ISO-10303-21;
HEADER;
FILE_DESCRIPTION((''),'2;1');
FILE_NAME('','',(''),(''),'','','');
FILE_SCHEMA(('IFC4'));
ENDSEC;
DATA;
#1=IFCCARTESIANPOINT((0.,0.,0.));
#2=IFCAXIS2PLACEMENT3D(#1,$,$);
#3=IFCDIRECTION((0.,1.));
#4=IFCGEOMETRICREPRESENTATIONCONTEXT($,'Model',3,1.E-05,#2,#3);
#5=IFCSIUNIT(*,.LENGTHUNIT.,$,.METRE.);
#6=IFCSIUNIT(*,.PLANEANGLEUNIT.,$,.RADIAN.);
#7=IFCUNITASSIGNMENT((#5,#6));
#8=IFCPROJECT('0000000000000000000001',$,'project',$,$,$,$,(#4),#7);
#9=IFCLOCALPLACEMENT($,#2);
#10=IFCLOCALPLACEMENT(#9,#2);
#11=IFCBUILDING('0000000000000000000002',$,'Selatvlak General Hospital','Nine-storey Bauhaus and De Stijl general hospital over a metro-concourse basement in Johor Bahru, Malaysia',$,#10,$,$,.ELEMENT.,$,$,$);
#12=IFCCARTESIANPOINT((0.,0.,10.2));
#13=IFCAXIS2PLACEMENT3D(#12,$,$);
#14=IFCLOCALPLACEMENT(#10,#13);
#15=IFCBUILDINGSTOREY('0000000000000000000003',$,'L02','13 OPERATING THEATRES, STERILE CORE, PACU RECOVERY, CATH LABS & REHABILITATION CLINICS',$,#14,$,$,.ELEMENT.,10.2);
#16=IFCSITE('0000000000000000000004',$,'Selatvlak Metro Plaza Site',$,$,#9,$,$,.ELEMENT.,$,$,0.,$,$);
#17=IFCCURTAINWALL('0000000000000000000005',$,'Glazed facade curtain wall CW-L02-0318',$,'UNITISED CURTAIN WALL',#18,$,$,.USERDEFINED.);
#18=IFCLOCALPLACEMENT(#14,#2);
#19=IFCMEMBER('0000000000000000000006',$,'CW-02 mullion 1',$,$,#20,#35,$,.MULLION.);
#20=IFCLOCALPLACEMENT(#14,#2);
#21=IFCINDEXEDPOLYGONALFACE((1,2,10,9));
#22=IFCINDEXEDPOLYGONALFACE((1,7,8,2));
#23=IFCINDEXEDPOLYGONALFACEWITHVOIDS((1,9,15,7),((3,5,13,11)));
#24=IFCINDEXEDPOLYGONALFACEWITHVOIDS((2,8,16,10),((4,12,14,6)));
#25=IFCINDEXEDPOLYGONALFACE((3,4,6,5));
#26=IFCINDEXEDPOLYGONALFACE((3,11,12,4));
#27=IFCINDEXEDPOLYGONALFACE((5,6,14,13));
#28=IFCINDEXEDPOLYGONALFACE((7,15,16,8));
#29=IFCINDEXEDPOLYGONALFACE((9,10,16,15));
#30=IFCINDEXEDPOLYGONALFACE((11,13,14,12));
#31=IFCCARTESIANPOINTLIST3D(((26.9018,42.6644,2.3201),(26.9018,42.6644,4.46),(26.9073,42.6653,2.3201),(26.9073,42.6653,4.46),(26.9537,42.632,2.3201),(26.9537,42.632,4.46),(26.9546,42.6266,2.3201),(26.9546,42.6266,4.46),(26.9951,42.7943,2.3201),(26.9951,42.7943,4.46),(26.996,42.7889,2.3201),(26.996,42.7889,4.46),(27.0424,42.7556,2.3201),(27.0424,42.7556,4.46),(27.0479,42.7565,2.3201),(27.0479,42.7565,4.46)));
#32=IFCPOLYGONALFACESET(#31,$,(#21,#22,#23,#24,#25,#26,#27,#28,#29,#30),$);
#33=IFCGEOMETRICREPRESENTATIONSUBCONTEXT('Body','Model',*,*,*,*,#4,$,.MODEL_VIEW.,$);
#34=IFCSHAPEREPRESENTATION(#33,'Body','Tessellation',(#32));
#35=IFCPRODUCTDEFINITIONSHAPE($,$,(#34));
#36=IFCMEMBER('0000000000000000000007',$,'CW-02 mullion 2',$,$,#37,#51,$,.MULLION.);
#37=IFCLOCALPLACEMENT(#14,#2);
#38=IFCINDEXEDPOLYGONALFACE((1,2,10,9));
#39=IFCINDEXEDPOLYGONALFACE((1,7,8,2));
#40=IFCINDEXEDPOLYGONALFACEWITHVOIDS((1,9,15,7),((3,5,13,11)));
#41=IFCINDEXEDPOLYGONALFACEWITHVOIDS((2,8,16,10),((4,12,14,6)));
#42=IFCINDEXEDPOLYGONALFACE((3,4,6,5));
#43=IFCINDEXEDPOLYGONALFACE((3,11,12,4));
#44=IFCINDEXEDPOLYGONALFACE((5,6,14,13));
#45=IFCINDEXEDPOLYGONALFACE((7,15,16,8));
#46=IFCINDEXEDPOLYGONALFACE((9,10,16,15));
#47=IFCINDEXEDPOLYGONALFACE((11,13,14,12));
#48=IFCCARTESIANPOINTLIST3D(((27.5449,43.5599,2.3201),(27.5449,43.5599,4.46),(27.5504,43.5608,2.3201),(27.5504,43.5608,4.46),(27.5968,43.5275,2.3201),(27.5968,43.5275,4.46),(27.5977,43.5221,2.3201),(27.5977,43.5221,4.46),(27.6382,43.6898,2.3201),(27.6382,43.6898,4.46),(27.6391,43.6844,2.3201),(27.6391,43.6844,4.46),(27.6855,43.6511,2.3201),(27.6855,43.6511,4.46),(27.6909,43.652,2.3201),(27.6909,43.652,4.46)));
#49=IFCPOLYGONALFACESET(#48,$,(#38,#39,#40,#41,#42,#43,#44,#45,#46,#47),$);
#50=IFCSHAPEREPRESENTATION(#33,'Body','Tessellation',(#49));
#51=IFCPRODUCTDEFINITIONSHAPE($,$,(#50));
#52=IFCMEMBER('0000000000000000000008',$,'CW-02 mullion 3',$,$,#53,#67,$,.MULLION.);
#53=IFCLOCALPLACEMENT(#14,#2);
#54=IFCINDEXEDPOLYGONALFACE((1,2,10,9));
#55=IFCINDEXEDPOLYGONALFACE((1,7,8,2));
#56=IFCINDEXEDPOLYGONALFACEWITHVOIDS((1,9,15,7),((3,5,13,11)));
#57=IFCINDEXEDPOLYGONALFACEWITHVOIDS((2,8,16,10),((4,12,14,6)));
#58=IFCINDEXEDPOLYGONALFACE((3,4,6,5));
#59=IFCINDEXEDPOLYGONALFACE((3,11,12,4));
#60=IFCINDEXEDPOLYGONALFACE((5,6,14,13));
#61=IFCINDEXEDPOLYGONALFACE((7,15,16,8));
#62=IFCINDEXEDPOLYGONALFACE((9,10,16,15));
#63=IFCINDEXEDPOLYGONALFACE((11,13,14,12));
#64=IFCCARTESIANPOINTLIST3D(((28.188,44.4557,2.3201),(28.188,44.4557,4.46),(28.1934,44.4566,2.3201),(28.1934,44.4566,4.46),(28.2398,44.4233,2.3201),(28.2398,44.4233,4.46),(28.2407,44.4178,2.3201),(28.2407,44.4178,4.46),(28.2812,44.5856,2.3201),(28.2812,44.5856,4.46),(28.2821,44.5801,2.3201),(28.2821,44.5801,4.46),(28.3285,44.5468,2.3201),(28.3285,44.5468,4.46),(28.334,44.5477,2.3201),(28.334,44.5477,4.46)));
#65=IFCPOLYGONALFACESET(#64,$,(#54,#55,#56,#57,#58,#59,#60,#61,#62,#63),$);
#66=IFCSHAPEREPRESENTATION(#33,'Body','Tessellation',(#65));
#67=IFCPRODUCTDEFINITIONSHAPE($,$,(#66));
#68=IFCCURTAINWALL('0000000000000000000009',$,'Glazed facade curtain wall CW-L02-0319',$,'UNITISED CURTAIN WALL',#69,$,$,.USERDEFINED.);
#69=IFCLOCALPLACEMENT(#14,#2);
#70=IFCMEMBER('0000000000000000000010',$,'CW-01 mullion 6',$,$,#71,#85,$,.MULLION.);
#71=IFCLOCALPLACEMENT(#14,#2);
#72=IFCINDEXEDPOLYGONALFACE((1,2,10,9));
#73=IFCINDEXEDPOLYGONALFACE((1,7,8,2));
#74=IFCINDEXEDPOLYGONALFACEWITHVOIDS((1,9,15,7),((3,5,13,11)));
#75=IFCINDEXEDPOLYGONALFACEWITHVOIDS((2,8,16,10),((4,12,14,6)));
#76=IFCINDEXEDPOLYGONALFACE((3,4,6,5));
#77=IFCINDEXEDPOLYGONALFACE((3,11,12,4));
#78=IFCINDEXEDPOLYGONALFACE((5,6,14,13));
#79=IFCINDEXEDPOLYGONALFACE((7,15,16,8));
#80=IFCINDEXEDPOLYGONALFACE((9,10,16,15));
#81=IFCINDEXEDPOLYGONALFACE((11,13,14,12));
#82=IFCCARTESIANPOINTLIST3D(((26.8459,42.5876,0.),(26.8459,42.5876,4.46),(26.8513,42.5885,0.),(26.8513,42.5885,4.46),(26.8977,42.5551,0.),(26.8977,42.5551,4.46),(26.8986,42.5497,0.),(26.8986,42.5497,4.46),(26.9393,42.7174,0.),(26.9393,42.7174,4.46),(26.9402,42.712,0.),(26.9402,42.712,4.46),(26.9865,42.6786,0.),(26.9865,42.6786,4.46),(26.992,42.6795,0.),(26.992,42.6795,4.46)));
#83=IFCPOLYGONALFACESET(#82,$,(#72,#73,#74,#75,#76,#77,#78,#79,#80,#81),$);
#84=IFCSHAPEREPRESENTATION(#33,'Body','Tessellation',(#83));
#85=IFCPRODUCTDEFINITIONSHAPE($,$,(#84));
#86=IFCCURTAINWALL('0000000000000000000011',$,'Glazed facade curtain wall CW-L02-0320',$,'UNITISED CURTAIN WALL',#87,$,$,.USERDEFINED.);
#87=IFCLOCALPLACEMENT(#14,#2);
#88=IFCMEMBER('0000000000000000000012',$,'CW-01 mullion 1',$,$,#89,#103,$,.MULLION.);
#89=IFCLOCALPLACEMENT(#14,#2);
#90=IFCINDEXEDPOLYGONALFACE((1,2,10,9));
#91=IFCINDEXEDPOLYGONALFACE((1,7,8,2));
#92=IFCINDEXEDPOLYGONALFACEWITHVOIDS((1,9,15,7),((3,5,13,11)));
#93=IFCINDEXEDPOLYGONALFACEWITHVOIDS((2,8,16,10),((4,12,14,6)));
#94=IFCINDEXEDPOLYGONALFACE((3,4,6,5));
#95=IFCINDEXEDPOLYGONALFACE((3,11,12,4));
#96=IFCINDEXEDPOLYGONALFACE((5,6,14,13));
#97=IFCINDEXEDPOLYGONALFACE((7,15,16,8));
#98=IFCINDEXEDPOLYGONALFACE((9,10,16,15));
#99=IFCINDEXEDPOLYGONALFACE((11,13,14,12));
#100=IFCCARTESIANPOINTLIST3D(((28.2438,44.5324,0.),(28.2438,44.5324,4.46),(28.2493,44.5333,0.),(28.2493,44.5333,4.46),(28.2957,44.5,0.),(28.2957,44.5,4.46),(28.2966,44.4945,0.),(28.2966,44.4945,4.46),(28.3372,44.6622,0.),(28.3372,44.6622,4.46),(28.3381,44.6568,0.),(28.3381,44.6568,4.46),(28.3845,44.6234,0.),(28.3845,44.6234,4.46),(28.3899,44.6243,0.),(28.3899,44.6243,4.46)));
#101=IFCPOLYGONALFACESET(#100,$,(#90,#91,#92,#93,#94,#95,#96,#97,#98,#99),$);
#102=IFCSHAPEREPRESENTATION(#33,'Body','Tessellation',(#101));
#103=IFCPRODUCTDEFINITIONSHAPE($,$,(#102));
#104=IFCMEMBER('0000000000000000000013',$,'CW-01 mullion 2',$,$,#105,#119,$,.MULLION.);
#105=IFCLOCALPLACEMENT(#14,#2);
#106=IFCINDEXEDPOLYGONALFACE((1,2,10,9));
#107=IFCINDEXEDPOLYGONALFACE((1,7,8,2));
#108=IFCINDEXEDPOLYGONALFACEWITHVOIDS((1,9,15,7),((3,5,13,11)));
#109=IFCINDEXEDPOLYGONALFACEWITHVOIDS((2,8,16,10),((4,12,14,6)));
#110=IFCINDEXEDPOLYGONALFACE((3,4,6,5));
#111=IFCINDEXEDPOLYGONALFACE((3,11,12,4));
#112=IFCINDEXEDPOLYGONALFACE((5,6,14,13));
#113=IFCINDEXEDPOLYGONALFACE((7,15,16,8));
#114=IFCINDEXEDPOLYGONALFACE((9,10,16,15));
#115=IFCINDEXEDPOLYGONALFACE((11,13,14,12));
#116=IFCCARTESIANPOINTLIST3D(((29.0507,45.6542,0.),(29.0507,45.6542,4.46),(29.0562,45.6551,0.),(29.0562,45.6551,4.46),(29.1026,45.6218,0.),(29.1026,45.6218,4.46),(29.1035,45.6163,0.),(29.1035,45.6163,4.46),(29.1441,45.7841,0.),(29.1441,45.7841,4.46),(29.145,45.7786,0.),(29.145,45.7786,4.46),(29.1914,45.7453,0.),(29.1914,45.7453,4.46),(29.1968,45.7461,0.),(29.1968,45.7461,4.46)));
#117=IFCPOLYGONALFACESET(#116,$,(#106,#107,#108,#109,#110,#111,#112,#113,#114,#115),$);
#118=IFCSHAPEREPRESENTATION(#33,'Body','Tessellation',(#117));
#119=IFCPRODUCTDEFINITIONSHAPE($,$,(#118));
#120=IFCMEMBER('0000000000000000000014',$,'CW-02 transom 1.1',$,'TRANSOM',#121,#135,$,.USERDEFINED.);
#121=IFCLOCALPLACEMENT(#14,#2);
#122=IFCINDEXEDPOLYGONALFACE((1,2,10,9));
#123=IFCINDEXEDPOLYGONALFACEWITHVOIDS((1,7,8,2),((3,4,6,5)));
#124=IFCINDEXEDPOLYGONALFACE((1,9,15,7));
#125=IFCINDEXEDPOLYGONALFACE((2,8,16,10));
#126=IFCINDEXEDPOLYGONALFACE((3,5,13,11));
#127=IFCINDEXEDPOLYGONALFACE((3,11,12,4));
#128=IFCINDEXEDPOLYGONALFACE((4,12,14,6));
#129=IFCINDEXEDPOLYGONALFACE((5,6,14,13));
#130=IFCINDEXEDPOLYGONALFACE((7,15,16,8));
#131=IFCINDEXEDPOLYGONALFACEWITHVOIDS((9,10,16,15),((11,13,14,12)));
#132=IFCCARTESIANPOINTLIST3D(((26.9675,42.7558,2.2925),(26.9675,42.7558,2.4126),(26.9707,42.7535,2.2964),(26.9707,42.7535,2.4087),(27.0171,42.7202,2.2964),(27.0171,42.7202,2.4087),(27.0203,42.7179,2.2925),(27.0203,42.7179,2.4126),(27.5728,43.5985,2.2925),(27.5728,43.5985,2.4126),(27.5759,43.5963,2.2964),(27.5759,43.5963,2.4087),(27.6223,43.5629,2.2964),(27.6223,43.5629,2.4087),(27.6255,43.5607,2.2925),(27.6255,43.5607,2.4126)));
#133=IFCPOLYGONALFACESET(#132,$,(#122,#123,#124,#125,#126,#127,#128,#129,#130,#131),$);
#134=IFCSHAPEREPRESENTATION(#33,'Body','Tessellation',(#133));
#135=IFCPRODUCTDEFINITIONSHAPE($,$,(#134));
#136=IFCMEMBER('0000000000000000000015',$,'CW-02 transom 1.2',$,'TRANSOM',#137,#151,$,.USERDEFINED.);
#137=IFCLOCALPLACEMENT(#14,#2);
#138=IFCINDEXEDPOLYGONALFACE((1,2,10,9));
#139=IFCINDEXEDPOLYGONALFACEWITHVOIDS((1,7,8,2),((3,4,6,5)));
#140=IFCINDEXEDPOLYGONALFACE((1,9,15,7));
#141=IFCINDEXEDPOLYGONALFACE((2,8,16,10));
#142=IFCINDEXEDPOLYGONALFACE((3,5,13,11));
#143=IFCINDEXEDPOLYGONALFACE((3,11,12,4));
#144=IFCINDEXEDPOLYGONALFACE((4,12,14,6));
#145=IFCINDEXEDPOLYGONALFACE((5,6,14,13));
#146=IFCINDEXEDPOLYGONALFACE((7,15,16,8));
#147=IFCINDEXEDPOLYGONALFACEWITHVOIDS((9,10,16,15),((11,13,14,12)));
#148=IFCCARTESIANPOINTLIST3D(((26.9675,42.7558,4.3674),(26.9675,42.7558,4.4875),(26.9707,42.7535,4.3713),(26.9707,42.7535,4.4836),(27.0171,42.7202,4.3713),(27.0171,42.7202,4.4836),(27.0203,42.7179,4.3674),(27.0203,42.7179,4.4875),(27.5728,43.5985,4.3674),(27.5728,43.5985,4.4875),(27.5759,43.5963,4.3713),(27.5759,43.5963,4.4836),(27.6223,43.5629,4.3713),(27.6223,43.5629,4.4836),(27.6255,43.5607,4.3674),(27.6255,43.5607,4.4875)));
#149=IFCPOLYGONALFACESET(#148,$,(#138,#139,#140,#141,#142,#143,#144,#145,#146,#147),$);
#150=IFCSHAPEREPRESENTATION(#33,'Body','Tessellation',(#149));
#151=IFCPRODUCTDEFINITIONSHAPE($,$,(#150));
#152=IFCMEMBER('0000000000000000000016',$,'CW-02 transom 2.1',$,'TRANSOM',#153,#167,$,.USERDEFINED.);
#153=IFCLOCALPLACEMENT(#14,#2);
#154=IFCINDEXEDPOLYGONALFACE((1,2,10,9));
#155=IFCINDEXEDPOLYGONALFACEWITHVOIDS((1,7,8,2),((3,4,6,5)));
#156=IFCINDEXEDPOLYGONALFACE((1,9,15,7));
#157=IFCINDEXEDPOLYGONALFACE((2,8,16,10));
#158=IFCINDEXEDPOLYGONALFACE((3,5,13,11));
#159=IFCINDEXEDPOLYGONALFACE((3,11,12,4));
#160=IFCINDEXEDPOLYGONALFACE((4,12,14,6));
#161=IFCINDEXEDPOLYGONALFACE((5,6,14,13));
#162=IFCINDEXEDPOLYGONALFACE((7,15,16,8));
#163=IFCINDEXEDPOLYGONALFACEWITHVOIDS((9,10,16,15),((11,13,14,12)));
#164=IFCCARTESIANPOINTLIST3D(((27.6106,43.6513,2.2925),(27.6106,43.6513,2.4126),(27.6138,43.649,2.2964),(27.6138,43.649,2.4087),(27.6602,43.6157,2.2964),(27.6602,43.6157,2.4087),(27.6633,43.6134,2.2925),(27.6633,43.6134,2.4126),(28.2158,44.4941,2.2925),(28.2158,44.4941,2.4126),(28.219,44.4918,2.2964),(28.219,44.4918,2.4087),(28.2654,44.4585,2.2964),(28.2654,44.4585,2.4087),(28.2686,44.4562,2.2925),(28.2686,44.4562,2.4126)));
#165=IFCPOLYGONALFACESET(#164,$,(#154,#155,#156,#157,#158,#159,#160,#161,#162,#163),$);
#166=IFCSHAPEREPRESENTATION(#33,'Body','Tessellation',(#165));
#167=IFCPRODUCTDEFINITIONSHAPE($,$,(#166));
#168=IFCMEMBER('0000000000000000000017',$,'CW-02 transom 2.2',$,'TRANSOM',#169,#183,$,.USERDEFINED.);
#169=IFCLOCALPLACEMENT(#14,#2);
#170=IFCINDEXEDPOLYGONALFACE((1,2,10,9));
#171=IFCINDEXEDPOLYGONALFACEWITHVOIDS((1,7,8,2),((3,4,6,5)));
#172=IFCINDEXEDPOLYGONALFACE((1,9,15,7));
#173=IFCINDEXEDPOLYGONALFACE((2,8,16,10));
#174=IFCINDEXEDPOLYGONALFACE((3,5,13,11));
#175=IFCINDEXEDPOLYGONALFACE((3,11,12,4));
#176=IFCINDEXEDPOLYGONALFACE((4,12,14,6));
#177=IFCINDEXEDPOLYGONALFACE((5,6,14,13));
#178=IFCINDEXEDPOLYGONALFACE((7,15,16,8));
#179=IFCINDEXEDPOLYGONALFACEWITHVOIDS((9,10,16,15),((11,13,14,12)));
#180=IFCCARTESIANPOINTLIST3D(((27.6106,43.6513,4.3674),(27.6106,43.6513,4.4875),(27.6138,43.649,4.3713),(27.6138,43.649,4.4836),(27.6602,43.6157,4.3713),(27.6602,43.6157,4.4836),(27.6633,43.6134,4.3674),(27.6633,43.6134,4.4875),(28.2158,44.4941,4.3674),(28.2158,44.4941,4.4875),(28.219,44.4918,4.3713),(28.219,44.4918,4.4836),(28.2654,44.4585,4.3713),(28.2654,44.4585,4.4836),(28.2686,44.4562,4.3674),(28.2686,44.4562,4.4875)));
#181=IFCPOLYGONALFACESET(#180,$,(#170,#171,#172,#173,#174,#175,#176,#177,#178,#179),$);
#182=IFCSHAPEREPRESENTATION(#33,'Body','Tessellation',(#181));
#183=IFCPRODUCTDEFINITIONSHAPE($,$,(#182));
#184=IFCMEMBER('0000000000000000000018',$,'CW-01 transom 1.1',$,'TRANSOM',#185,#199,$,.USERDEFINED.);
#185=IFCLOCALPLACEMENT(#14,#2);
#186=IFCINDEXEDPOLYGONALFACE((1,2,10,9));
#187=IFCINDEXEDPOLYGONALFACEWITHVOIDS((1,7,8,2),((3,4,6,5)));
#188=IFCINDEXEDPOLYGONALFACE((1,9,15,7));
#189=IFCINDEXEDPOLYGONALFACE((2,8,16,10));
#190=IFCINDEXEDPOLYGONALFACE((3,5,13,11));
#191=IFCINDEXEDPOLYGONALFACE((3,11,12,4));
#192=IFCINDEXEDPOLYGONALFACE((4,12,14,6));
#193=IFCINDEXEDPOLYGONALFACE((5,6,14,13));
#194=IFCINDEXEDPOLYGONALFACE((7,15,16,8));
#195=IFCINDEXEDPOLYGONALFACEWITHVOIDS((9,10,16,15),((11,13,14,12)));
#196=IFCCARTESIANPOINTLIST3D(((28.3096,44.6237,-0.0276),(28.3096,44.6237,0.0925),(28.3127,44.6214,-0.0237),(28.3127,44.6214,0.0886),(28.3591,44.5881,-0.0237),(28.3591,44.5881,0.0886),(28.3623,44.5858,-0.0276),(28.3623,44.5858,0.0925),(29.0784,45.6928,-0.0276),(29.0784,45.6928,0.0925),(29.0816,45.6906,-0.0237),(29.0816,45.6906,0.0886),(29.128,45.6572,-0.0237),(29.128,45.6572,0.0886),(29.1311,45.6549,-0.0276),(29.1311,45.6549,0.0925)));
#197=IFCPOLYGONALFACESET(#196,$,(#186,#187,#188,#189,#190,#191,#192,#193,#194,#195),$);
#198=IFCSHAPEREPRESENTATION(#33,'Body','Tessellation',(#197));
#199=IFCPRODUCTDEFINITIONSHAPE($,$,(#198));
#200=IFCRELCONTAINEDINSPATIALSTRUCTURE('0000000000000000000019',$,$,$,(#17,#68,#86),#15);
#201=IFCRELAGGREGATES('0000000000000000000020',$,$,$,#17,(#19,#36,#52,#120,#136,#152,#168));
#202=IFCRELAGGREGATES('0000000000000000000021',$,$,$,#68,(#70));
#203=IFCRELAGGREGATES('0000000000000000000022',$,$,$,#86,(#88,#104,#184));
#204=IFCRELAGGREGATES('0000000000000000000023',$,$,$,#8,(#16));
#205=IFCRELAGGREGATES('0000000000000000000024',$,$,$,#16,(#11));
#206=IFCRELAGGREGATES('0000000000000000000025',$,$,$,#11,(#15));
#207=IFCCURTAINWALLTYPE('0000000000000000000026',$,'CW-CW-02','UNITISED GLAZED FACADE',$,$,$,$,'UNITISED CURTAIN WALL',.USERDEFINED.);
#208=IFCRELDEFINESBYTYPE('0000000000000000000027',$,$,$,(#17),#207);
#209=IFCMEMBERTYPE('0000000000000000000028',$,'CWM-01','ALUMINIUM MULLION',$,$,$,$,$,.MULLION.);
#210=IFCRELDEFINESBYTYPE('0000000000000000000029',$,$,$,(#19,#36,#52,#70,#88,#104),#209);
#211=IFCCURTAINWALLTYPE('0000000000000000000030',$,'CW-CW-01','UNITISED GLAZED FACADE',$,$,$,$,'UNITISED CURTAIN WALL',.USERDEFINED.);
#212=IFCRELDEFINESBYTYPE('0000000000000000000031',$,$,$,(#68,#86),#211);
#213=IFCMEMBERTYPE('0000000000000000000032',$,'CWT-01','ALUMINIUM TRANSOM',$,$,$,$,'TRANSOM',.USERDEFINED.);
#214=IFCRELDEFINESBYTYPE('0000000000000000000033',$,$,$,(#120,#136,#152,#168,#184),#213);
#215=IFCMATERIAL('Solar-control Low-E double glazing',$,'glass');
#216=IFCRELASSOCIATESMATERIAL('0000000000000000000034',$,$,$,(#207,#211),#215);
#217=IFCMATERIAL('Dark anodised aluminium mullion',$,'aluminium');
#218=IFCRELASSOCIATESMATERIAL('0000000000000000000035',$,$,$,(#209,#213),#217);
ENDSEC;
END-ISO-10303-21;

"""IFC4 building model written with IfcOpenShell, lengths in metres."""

from ifc_helpers import new_model, si_unit, direction, frame, origin, origin_2d, place, context, subcontext, project, spatial, hollow_rectangle, extrude, material, material_profile, profile_set, type_object, element, aggregate, save


model = new_model("IFC4")

# Units and contexts
model_context = context("Model", 3, precision=1e-05, world=origin(), true_north=direction((0.0, 1.0)))
body_context = subcontext(model_context, "Body", "Model", "MODEL_VIEW")
ifc_project = project(units=[si_unit("LENGTHUNIT", "METRE"), si_unit("PLANEANGLEUNIT", "RADIAN")], contexts=[model_context])

# Site, building, storey
site_placement = place(None, origin())
site = spatial("IfcSite", under=ifc_project, at=site_placement, Name="Selatvlak Metro Plaza Site", CompositionType="ELEMENT", RefElevation=0.0)
building_placement = place(site_placement, origin())
building = spatial("IfcBuilding", under=site, at=building_placement, Name="Selatvlak General Hospital", Description="Nine-storey Bauhaus and De Stijl general hospital over a metro-concourse basement in Johor Bahru, Malaysia", CompositionType="ELEMENT")
storey_placement = place(building_placement, frame((0.0, 0.0, 10.2)))
storey = spatial("IfcBuildingStorey", under=building, at=storey_placement, Name="L02", Description="13 OPERATING THEATRES, STERILE CORE, PACU RECOVERY, CATH LABS & REHABILITATION CLINICS", CompositionType="ELEMENT", Elevation=10.2)

# Curtain wall, members
ifc_material_1 = material(Name="Solar-control Low-E double glazing", Category="glass")
curtain_wall_type_1 = type_object("IfcCurtainWallType", Name="CW-CW-02", Description="UNITISED GLAZED FACADE", ElementType="UNITISED CURTAIN WALL", PredefinedType="USERDEFINED", material=ifc_material_1)
curtain_wall_1_placement = place(storey_placement, origin())
curtain_wall_1 = element("IfcCurtainWall", 1, at=curtain_wall_1_placement, inside=storey, type_object=curtain_wall_type_1, Name="Glazed facade curtain wall CW-L02-0318", ObjectType="UNITISED CURTAIN WALL", PredefinedType="USERDEFINED")
ifc_material_2 = material(Name="Dark anodised aluminium mullion", Category="aluminium")
ifc_material_profile_1 = material_profile(ifc_material_2, hollow_rectangle(XDim=0.0649, YDim=0.1599, WallThickness=0.0039, at=origin_2d()), Name="AL-MUL 65x160x4")
ifc_profile_set_1 = profile_set([ifc_material_profile_1], Name="Dark anodised aluminium mullion")
member_type_1 = type_object("IfcMemberType", Name="CWM-01", Description="ALUMINIUM MULLION", PredefinedType="MULLION", material=ifc_profile_set_1)
member_1_placement = place(storey_placement, frame((26.9749, 42.7104, 2.3201), z_axis=(0.0, 0.0, 1.0), x_axis=(-0.812302, 0.583237, 0.0)))
member_1 = element("IfcMember", 2, at=member_1_placement, type_object=member_type_1, Name="CW-02 mullion 1", PredefinedType="MULLION", context=body_context, shape_type="SweptSolid", body=[
    extrude(hollow_rectangle(XDim=0.0649, YDim=0.1599, WallThickness=0.0039, at=origin_2d()), origin(), (0.0, 0.0, 1.0), 2.1399),
])
member_2_placement = place(storey_placement, frame((27.6179, 43.606, 2.3201), z_axis=(0.0, 0.0, 1.0), x_axis=(-0.812302, 0.583237, 0.0)))
member_2 = element("IfcMember", 3, at=member_2_placement, type_object=member_type_1, Name="CW-02 mullion 2", PredefinedType="MULLION", context=body_context, shape_type="SweptSolid", body=[
    extrude(hollow_rectangle(XDim=0.0649, YDim=0.1599, WallThickness=0.0039, at=origin_2d()), origin(), (0.0, 0.0, 1.0), 2.1399),
])
member_3_placement = place(storey_placement, frame((28.261, 44.5017, 2.3201), z_axis=(0.0, 0.0, 1.0), x_axis=(-0.812302, 0.583237, 0.0)))
member_3 = element("IfcMember", 4, at=member_3_placement, type_object=member_type_1, Name="CW-02 mullion 3", PredefinedType="MULLION", context=body_context, shape_type="SweptSolid", body=[
    extrude(hollow_rectangle(XDim=0.0649, YDim=0.1599, WallThickness=0.0039, at=origin_2d()), origin(), (0.0, 0.0, 1.0), 2.1399),
])

# Curtain wall, member
curtain_wall_type_2 = type_object("IfcCurtainWallType", Name="CW-CW-01", Description="UNITISED GLAZED FACADE", ElementType="UNITISED CURTAIN WALL", PredefinedType="USERDEFINED", material=ifc_material_1)
curtain_wall_2_placement = place(storey_placement, origin())
curtain_wall_2 = element("IfcCurtainWall", 5, at=curtain_wall_2_placement, inside=storey, type_object=curtain_wall_type_2, Name="Glazed facade curtain wall CW-L02-0319", ObjectType="UNITISED CURTAIN WALL", PredefinedType="USERDEFINED")
member_4_placement = place(storey_placement, frame((26.9189, 42.6335, 0.0), z_axis=(0.0, 0.0, 1.0), x_axis=(-0.811804, 0.583929, 0.0)))
member_4 = element("IfcMember", 6, at=member_4_placement, type_object=member_type_1, Name="CW-01 mullion 6", PredefinedType="MULLION", context=body_context, shape_type="SweptSolid", body=[
    extrude(hollow_rectangle(XDim=0.0649, YDim=0.1599, WallThickness=0.0039, at=origin_2d()), origin(), (0.0, 0.0, 1.0), 4.46),
])

# Curtain wall, members
curtain_wall_3_placement = place(storey_placement, origin())
curtain_wall_3 = element("IfcCurtainWall", 7, at=curtain_wall_3_placement, inside=storey, type_object=curtain_wall_type_2, Name="Glazed facade curtain wall CW-L02-0320", ObjectType="UNITISED CURTAIN WALL", PredefinedType="USERDEFINED")
member_5_placement = place(storey_placement, frame((28.3169, 44.5784, 0.0), z_axis=(0.0, 0.0, 1.0), x_axis=(-0.811837, 0.583884, 0.0)))
member_5 = element("IfcMember", 8, at=member_5_placement, type_object=member_type_1, Name="CW-01 mullion 1", PredefinedType="MULLION", context=body_context, shape_type="SweptSolid", body=[
    extrude(hollow_rectangle(XDim=0.0649, YDim=0.1599, WallThickness=0.0039, at=origin_2d()), origin(), (0.0, 0.0, 1.0), 4.46),
])
member_6_placement = place(storey_placement, frame((29.1238, 45.7002, 0.0), z_axis=(0.0, 0.0, 1.0), x_axis=(-0.811837, 0.583884, 0.0)))
member_6 = element("IfcMember", 9, at=member_6_placement, type_object=member_type_1, Name="CW-01 mullion 2", PredefinedType="MULLION", context=body_context, shape_type="SweptSolid", body=[
    extrude(hollow_rectangle(XDim=0.0649, YDim=0.1599, WallThickness=0.0039, at=origin_2d()), origin(), (0.0, 0.0, 1.0), 4.46),
])

# Members
ifc_material_profile_2 = material_profile(ifc_material_2, hollow_rectangle(XDim=0.0649, YDim=0.1201, WallThickness=0.0039, at=origin_2d()), Name="AL-TRN 65x120x4")
ifc_profile_set_2 = profile_set([ifc_material_profile_2], Name="Dark anodised aluminium mullion")
member_type_2 = type_object("IfcMemberType", Name="CWT-01", Description="ALUMINIUM TRANSOM", ElementType="TRANSOM", PredefinedType="USERDEFINED", material=ifc_profile_set_2)
member_7_placement = place(storey_placement, frame((26.9939, 42.7368, 2.3525), z_axis=(0.583306, 0.812252, 0.0), x_axis=(-0.812252, 0.583306, 0.0)))
member_7 = element("IfcMember", 10, at=member_7_placement, type_object=member_type_2, Name="CW-02 transom 1.1", ObjectType="TRANSOM", PredefinedType="USERDEFINED", context=body_context, shape_type="SweptSolid", body=[
    extrude(hollow_rectangle(XDim=0.0649, YDim=0.1201, WallThickness=0.0039, at=origin_2d()), origin(), (0.0, 0.0, 1.0), 1.0376),
])
member_8_placement = place(storey_placement, frame((26.9939, 42.7368, 4.4275), z_axis=(0.583306, 0.812252, 0.0), x_axis=(-0.812252, 0.583306, 0.0)))
member_8 = element("IfcMember", 11, at=member_8_placement, type_object=member_type_2, Name="CW-02 transom 1.2", ObjectType="TRANSOM", PredefinedType="USERDEFINED", context=body_context, shape_type="SweptSolid", body=[
    extrude(hollow_rectangle(XDim=0.0649, YDim=0.1201, WallThickness=0.0039, at=origin_2d()), origin(), (0.0, 0.0, 1.0), 1.0376),
])
member_9_placement = place(storey_placement, frame((27.637, 43.6323, 2.3525), z_axis=(0.583306, 0.812252, 0.0), x_axis=(-0.812252, 0.583306, 0.0)))
member_9 = element("IfcMember", 12, at=member_9_placement, type_object=member_type_2, Name="CW-02 transom 2.1", ObjectType="TRANSOM", PredefinedType="USERDEFINED", context=body_context, shape_type="SweptSolid", body=[
    extrude(hollow_rectangle(XDim=0.0649, YDim=0.1201, WallThickness=0.0039, at=origin_2d()), origin(), (0.0, 0.0, 1.0), 1.0376),
])
member_10_placement = place(storey_placement, frame((27.637, 43.6323, 4.4275), z_axis=(0.583306, 0.812252, 0.0), x_axis=(-0.812252, 0.583306, 0.0)))
member_10 = element("IfcMember", 13, at=member_10_placement, type_object=member_type_2, Name="CW-02 transom 2.2", ObjectType="TRANSOM", PredefinedType="USERDEFINED", context=body_context, shape_type="SweptSolid", body=[
    extrude(hollow_rectangle(XDim=0.0649, YDim=0.1201, WallThickness=0.0039, at=origin_2d()), origin(), (0.0, 0.0, 1.0), 1.0376),
])
member_11_placement = place(storey_placement, frame((28.3359, 44.6047, 0.0325), z_axis=(0.583831, 0.811875, 0.0), x_axis=(-0.811875, 0.583831, 0.0)))
member_11 = element("IfcMember", 14, at=member_11_placement, type_object=member_type_2, Name="CW-01 transom 1.1", ObjectType="TRANSOM", PredefinedType="USERDEFINED", context=body_context, shape_type="SweptSolid", body=[
    extrude(hollow_rectangle(XDim=0.0649, YDim=0.1201, WallThickness=0.0039, at=origin_2d()), origin(), (0.0, 0.0, 1.0), 1.3169),
])

aggregate(curtain_wall_1, [member_1, member_2, member_3, member_7, member_8, member_9, member_10])
aggregate(curtain_wall_2, [member_4])
aggregate(curtain_wall_3, [member_5, member_6, member_11])

save(model, "model.ifc")
